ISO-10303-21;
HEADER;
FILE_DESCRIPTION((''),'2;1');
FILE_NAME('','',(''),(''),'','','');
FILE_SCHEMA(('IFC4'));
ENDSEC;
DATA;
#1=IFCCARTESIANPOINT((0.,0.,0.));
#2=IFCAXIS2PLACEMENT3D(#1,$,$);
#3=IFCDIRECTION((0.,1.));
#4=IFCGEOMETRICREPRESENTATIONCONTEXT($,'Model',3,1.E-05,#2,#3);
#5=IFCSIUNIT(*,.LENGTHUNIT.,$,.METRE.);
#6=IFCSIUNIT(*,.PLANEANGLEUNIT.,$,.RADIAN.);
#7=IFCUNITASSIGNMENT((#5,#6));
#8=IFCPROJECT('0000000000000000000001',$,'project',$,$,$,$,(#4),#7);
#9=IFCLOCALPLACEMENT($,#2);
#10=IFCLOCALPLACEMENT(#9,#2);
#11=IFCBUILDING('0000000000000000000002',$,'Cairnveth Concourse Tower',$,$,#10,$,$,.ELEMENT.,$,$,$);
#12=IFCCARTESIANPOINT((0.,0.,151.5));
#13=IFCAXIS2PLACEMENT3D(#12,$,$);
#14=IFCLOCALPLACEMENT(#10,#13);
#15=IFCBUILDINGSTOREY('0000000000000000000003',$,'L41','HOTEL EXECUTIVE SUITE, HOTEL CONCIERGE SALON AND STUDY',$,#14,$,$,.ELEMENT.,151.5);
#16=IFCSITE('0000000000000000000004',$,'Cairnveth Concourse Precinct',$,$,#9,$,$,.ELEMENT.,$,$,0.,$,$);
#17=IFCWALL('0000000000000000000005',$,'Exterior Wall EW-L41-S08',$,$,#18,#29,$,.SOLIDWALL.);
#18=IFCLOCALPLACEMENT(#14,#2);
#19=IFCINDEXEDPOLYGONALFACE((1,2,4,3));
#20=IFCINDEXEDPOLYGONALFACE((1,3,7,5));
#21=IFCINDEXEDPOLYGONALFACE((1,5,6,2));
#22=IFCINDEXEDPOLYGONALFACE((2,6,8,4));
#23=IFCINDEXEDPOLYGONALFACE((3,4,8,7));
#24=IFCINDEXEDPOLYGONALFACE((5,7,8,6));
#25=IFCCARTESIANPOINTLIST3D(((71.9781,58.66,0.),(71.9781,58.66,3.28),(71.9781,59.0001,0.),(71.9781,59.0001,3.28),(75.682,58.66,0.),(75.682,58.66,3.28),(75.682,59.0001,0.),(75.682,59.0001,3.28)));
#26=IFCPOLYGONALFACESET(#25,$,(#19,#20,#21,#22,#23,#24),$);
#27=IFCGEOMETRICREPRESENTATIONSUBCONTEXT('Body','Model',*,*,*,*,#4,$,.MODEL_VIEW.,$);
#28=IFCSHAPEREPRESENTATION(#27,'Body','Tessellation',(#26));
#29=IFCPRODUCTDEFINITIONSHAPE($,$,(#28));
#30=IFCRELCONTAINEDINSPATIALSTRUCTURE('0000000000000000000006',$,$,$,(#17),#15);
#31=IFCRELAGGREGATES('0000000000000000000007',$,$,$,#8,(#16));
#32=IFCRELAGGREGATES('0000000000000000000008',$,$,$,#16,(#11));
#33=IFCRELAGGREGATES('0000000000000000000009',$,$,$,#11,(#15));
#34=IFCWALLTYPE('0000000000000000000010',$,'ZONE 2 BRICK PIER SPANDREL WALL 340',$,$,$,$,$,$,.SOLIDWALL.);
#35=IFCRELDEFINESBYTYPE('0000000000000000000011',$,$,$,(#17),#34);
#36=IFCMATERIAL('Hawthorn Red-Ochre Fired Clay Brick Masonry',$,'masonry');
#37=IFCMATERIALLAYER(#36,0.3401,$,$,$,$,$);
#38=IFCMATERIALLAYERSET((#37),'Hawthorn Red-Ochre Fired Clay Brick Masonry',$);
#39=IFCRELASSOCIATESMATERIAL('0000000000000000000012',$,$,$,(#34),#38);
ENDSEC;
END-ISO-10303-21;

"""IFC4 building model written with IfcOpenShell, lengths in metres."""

from ifc_helpers import new_model, si_unit, direction, frame, frame_2d, origin, place, context, subcontext, project, spatial, rectangle, extrude, material, layer, layer_set, type_object, element, save


model = new_model("IFC4")

# Units and contexts
model_context = context("Model", 3, precision=1e-05, world=origin(), true_north=direction((0.0, 1.0)))
body_context = subcontext(model_context, "Body", "Model", "MODEL_VIEW")
ifc_project = project(units=[si_unit("LENGTHUNIT", "METRE"), si_unit("PLANEANGLEUNIT", "RADIAN")], contexts=[model_context])

# Site, building, storey
site_placement = place(None, origin())
site = spatial("IfcSite", under=ifc_project, at=site_placement, Name="Cairnveth Concourse Precinct", CompositionType="ELEMENT", RefElevation=0.0)
building_placement = place(site_placement, origin())
building = spatial("IfcBuilding", under=site, at=building_placement, Name="Cairnveth Concourse Tower", CompositionType="ELEMENT")
storey_placement = place(building_placement, frame((0.0, 0.0, 151.5)))
storey = spatial("IfcBuildingStorey", under=building, at=storey_placement, Name="L41", Description="HOTEL EXECUTIVE SUITE, HOTEL CONCIERGE SALON AND STUDY", CompositionType="ELEMENT", Elevation=151.5)

# Wall
ifc_material_1 = material(Name="Hawthorn Red-Ochre Fired Clay Brick Masonry", Category="masonry")
ifc_layer_1 = layer(ifc_material_1, 0.3401)
ifc_layer_set_1 = layer_set([ifc_layer_1], Name="Hawthorn Red-Ochre Fired Clay Brick Masonry")
wall_type = type_object("IfcWallType", Name="ZONE 2 BRICK PIER SPANDREL WALL 340", PredefinedType="SOLIDWALL", material=ifc_layer_set_1)
wall_1_placement = place(storey_placement, frame((71.978, 58.8301, 0.0), z_axis=(0.0, 0.0, 1.0), x_axis=(1.0, 0.0, 0.0)))
element("IfcWall", 1, at=wall_1_placement, inside=storey, type_object=wall_type, Name="Exterior Wall EW-L41-S08", PredefinedType="SOLIDWALL", context=body_context, shape_type="SweptSolid", body=[
    extrude(rectangle(XDim=3.7039, YDim=0.3401, at=frame_2d((1.8521, 0.0))), origin(), (0.0, 0.0, 1.0), 3.28),
])

save(model, "model.ifc")
